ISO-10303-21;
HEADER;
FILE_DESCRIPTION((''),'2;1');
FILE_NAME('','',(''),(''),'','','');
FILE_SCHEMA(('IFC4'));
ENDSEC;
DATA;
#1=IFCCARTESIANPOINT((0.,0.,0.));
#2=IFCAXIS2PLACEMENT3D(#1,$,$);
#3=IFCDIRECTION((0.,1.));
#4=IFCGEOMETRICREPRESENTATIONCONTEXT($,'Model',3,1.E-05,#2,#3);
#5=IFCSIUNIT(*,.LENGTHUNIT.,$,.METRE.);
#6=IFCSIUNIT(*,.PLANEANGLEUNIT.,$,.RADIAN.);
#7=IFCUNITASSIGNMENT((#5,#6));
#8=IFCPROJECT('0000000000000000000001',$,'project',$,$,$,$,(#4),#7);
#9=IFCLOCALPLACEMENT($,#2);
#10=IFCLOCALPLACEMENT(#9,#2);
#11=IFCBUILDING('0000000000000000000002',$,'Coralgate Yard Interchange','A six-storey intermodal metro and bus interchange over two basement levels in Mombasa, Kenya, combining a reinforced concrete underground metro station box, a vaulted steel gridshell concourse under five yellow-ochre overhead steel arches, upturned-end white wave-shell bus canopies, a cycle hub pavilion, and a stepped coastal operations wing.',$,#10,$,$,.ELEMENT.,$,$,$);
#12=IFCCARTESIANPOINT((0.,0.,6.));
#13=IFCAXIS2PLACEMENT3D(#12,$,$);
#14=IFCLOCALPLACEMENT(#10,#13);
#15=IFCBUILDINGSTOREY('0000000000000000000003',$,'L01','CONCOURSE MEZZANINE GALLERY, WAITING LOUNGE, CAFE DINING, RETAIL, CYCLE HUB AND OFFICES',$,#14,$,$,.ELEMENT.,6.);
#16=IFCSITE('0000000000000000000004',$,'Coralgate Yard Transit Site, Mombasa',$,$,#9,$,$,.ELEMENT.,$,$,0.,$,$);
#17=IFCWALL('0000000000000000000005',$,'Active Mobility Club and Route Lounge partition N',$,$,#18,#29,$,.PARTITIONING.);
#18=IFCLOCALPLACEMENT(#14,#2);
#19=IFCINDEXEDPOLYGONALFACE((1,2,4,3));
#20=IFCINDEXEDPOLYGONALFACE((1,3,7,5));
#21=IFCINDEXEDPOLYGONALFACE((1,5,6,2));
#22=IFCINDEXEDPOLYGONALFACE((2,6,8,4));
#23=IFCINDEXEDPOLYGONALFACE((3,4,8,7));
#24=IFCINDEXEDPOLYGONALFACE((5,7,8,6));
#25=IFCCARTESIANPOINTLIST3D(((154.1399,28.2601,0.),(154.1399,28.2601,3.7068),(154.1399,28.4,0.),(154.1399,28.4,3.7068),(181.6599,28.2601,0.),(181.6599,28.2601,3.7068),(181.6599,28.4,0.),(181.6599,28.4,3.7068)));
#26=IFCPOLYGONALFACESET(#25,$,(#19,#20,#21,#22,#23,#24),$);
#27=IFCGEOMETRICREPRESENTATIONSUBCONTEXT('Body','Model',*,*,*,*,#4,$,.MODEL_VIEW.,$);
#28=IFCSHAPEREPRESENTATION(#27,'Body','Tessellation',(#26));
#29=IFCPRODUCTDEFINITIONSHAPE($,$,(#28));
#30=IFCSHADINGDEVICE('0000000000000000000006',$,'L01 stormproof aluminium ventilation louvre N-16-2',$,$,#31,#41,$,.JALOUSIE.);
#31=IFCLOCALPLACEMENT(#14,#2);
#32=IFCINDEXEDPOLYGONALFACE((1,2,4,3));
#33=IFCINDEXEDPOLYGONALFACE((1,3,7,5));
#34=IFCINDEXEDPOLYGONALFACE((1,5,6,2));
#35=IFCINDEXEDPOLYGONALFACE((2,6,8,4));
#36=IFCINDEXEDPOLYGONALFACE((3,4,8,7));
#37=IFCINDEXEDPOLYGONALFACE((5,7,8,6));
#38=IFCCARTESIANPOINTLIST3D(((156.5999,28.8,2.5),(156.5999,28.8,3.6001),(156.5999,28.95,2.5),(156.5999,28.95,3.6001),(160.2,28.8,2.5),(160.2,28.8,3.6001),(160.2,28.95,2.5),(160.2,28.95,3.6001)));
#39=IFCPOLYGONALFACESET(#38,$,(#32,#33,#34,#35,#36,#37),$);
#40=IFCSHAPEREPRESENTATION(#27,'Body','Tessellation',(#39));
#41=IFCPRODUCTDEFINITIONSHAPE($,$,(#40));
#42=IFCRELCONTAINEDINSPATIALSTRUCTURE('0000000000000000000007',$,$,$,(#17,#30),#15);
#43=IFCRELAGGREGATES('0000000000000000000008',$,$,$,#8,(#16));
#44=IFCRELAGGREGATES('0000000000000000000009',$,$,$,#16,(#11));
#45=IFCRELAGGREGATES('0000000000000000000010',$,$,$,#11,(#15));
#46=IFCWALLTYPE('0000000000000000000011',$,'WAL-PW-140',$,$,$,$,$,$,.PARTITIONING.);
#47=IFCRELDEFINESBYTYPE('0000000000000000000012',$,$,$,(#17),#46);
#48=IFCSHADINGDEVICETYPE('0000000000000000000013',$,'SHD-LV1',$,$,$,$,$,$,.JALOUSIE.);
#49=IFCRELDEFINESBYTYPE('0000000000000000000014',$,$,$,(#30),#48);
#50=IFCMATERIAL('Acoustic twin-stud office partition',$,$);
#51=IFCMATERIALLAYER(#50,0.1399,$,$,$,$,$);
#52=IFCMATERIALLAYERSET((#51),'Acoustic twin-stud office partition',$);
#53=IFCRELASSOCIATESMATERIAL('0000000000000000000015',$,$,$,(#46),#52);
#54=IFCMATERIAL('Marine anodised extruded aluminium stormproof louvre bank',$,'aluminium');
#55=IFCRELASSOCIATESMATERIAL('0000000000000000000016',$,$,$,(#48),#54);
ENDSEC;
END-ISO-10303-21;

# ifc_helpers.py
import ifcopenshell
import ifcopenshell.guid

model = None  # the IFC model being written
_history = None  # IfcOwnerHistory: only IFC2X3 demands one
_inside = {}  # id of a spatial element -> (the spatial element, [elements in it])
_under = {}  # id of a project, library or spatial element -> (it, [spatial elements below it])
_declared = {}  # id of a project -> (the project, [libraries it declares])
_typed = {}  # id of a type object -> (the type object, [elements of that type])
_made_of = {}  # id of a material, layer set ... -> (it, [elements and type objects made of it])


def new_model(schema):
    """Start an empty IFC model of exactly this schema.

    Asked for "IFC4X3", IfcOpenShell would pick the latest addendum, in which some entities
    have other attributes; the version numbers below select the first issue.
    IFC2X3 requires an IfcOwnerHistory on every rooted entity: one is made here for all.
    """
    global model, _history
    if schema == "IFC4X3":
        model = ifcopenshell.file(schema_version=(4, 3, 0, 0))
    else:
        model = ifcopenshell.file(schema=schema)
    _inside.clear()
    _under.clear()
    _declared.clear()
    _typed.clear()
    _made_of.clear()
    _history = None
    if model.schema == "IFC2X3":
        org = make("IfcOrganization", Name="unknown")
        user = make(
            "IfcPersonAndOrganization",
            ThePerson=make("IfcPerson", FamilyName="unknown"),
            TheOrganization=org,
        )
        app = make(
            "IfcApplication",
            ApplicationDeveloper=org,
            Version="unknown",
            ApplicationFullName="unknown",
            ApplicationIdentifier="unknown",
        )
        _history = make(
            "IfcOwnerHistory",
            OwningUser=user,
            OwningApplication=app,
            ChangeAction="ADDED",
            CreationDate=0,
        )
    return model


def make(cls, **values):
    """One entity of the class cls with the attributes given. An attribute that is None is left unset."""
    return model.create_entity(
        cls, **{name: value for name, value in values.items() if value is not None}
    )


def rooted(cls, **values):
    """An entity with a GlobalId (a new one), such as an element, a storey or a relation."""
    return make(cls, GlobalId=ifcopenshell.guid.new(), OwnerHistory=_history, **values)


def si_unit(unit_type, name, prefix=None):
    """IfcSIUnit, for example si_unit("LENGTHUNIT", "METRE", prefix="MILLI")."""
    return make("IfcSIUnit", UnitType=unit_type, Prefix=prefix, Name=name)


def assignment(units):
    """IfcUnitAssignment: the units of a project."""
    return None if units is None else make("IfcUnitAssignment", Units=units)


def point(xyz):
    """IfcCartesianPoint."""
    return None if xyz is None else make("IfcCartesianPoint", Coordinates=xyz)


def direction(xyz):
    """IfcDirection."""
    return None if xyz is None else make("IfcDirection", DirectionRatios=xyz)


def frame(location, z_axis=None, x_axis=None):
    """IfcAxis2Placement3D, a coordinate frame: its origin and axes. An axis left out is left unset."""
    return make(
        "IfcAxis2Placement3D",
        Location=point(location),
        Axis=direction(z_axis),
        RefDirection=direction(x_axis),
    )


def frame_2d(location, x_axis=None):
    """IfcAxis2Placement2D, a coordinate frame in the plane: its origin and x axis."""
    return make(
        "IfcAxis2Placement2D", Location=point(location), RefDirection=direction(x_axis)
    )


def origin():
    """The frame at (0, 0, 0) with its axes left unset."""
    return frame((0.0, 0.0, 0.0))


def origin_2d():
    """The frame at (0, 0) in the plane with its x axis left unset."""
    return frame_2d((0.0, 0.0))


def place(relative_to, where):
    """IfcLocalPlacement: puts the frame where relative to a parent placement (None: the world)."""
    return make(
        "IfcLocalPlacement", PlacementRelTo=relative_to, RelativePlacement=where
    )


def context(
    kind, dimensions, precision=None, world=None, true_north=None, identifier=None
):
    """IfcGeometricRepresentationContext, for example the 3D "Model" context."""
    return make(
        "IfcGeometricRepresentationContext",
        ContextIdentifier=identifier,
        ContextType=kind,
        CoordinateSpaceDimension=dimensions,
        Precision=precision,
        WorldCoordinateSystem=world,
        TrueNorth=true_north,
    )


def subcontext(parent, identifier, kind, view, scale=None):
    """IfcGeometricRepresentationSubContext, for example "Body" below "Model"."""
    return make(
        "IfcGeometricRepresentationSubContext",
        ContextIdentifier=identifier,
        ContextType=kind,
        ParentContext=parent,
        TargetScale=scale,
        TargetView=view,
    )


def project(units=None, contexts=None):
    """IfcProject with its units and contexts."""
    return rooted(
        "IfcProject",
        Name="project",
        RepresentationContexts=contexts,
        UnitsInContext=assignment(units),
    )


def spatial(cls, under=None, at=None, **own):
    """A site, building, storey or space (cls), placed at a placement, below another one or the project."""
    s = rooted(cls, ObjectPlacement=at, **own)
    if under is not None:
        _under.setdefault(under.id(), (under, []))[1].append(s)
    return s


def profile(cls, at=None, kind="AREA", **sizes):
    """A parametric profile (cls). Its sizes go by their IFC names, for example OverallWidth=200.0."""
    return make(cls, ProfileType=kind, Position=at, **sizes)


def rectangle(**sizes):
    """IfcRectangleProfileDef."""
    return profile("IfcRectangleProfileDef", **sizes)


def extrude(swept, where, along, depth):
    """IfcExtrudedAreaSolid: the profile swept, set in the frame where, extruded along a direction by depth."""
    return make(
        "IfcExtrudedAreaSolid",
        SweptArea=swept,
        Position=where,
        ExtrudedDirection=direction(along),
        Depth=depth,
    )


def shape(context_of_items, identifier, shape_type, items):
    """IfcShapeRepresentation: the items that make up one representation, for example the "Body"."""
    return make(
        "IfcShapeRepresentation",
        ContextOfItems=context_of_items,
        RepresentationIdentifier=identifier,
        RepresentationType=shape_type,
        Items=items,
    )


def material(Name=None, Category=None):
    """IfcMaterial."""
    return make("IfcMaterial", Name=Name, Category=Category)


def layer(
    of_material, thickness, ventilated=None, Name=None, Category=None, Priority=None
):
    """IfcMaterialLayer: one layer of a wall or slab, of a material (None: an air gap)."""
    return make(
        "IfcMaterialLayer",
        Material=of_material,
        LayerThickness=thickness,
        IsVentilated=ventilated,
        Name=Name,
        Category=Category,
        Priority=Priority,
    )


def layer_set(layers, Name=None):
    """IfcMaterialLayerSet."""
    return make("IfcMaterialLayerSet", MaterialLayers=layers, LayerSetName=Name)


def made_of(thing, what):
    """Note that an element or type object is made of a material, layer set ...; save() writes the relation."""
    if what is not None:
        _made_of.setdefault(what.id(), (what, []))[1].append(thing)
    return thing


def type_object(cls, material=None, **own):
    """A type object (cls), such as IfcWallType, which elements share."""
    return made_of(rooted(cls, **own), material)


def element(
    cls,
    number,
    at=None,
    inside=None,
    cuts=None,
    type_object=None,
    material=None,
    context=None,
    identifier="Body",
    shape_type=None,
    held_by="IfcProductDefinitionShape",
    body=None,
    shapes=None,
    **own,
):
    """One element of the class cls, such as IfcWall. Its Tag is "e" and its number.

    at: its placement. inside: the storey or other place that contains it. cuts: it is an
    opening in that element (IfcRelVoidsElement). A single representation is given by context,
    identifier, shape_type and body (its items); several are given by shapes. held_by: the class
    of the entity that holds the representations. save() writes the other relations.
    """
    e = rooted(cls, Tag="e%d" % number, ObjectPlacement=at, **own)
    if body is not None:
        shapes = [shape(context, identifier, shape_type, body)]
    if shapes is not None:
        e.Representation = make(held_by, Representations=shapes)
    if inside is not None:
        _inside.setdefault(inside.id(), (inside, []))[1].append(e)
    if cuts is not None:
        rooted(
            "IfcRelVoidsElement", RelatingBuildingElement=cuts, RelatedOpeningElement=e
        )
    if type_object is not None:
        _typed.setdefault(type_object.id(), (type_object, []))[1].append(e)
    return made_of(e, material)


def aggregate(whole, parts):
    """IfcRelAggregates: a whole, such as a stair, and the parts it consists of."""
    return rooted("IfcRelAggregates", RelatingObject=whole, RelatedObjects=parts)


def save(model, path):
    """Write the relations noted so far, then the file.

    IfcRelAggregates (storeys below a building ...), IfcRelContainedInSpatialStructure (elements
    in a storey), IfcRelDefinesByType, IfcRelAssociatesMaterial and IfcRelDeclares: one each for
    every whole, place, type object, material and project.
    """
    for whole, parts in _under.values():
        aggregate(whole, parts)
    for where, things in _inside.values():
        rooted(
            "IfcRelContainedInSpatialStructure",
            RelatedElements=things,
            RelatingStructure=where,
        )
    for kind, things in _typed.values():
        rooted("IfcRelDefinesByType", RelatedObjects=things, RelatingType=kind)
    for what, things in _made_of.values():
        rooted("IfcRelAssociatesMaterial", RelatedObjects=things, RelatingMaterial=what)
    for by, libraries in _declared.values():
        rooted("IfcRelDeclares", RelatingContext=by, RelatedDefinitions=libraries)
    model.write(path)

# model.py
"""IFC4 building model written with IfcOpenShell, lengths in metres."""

from ifc_helpers import new_model, si_unit, direction, frame, frame_2d, origin, origin_2d, place, context, subcontext, project, spatial, rectangle, extrude, material, layer, layer_set, type_object, element, save


model = new_model("IFC4")

# Units and contexts
model_context = context("Model", 3, precision=1e-05, world=origin(), true_north=direction((0.0, 1.0)))
body_context = subcontext(model_context, "Body", "Model", "MODEL_VIEW")
ifc_project = project(units=[si_unit("LENGTHUNIT", "METRE"), si_unit("PLANEANGLEUNIT", "RADIAN")], contexts=[model_context])

# Site, building, storey
site_placement = place(None, origin())
site = spatial("IfcSite", under=ifc_project, at=site_placement, Name="Coralgate Yard Transit Site, Mombasa", CompositionType="ELEMENT", RefElevation=0.0)
building_placement = place(site_placement, origin())
building = spatial("IfcBuilding", under=site, at=building_placement, Name="Coralgate Yard Interchange", Description="A six-storey intermodal metro and bus interchange over two basement levels in Mombasa, Kenya, combining a reinforced concrete underground metro station box, a vaulted steel gridshell concourse under five yellow-ochre overhead steel arches, upturned-end white wave-shell bus canopies, a cycle hub pavilion, and a stepped coastal operations wing.", CompositionType="ELEMENT")
storey_placement = place(building_placement, frame((0.0, 0.0, 6.0)))
storey = spatial("IfcBuildingStorey", under=building, at=storey_placement, Name="L01", Description="CONCOURSE MEZZANINE GALLERY, WAITING LOUNGE, CAFE DINING, RETAIL, CYCLE HUB AND OFFICES", CompositionType="ELEMENT", Elevation=6.0)

# Wall
ifc_material_1 = material(Name="Acoustic twin-stud office partition")
ifc_layer_1 = layer(ifc_material_1, 0.1399)
ifc_layer_set_1 = layer_set([ifc_layer_1], Name="Acoustic twin-stud office partition")
wall_type = type_object("IfcWallType", Name="WAL-PW-140", PredefinedType="PARTITIONING", material=ifc_layer_set_1)
wall_placement = place(storey_placement, frame((154.1399, 28.3301, 0.0), z_axis=(0.0, 0.0, 1.0), x_axis=(1.0, 0.0, 0.0)))
element("IfcWall", 1, at=wall_placement, inside=storey, type_object=wall_type, Name="Active Mobility Club and Route Lounge partition N", PredefinedType="PARTITIONING", context=body_context, shape_type="SweptSolid", body=[
    extrude(rectangle(XDim=27.52, YDim=0.1399, at=frame_2d((13.76, 0.0))), origin(), (0.0, 0.0, 1.0), 3.7068),
])

# Shading device
ifc_material_2 = material(Name="Marine anodised extruded aluminium stormproof louvre bank", Category="aluminium")
shading_device_type = type_object("IfcShadingDeviceType", Name="SHD-LV1", PredefinedType="JALOUSIE", material=ifc_material_2)
shading_device_placement = place(storey_placement, frame((158.3999, 28.875, 2.5), z_axis=(0.0, 0.0, 1.0), x_axis=(1.0, 0.0, 0.0)))
element("IfcShadingDevice", 2, at=shading_device_placement, inside=storey, type_object=shading_device_type, Name="L01 stormproof aluminium ventilation louvre N-16-2", PredefinedType="JALOUSIE", context=body_context, shape_type="SweptSolid", body=[
    extrude(rectangle(XDim=3.6001, YDim=0.1499, at=origin_2d()), origin(), (0.0, 0.0, 1.0), 1.1001),
])

save(model, "model.ifc")
